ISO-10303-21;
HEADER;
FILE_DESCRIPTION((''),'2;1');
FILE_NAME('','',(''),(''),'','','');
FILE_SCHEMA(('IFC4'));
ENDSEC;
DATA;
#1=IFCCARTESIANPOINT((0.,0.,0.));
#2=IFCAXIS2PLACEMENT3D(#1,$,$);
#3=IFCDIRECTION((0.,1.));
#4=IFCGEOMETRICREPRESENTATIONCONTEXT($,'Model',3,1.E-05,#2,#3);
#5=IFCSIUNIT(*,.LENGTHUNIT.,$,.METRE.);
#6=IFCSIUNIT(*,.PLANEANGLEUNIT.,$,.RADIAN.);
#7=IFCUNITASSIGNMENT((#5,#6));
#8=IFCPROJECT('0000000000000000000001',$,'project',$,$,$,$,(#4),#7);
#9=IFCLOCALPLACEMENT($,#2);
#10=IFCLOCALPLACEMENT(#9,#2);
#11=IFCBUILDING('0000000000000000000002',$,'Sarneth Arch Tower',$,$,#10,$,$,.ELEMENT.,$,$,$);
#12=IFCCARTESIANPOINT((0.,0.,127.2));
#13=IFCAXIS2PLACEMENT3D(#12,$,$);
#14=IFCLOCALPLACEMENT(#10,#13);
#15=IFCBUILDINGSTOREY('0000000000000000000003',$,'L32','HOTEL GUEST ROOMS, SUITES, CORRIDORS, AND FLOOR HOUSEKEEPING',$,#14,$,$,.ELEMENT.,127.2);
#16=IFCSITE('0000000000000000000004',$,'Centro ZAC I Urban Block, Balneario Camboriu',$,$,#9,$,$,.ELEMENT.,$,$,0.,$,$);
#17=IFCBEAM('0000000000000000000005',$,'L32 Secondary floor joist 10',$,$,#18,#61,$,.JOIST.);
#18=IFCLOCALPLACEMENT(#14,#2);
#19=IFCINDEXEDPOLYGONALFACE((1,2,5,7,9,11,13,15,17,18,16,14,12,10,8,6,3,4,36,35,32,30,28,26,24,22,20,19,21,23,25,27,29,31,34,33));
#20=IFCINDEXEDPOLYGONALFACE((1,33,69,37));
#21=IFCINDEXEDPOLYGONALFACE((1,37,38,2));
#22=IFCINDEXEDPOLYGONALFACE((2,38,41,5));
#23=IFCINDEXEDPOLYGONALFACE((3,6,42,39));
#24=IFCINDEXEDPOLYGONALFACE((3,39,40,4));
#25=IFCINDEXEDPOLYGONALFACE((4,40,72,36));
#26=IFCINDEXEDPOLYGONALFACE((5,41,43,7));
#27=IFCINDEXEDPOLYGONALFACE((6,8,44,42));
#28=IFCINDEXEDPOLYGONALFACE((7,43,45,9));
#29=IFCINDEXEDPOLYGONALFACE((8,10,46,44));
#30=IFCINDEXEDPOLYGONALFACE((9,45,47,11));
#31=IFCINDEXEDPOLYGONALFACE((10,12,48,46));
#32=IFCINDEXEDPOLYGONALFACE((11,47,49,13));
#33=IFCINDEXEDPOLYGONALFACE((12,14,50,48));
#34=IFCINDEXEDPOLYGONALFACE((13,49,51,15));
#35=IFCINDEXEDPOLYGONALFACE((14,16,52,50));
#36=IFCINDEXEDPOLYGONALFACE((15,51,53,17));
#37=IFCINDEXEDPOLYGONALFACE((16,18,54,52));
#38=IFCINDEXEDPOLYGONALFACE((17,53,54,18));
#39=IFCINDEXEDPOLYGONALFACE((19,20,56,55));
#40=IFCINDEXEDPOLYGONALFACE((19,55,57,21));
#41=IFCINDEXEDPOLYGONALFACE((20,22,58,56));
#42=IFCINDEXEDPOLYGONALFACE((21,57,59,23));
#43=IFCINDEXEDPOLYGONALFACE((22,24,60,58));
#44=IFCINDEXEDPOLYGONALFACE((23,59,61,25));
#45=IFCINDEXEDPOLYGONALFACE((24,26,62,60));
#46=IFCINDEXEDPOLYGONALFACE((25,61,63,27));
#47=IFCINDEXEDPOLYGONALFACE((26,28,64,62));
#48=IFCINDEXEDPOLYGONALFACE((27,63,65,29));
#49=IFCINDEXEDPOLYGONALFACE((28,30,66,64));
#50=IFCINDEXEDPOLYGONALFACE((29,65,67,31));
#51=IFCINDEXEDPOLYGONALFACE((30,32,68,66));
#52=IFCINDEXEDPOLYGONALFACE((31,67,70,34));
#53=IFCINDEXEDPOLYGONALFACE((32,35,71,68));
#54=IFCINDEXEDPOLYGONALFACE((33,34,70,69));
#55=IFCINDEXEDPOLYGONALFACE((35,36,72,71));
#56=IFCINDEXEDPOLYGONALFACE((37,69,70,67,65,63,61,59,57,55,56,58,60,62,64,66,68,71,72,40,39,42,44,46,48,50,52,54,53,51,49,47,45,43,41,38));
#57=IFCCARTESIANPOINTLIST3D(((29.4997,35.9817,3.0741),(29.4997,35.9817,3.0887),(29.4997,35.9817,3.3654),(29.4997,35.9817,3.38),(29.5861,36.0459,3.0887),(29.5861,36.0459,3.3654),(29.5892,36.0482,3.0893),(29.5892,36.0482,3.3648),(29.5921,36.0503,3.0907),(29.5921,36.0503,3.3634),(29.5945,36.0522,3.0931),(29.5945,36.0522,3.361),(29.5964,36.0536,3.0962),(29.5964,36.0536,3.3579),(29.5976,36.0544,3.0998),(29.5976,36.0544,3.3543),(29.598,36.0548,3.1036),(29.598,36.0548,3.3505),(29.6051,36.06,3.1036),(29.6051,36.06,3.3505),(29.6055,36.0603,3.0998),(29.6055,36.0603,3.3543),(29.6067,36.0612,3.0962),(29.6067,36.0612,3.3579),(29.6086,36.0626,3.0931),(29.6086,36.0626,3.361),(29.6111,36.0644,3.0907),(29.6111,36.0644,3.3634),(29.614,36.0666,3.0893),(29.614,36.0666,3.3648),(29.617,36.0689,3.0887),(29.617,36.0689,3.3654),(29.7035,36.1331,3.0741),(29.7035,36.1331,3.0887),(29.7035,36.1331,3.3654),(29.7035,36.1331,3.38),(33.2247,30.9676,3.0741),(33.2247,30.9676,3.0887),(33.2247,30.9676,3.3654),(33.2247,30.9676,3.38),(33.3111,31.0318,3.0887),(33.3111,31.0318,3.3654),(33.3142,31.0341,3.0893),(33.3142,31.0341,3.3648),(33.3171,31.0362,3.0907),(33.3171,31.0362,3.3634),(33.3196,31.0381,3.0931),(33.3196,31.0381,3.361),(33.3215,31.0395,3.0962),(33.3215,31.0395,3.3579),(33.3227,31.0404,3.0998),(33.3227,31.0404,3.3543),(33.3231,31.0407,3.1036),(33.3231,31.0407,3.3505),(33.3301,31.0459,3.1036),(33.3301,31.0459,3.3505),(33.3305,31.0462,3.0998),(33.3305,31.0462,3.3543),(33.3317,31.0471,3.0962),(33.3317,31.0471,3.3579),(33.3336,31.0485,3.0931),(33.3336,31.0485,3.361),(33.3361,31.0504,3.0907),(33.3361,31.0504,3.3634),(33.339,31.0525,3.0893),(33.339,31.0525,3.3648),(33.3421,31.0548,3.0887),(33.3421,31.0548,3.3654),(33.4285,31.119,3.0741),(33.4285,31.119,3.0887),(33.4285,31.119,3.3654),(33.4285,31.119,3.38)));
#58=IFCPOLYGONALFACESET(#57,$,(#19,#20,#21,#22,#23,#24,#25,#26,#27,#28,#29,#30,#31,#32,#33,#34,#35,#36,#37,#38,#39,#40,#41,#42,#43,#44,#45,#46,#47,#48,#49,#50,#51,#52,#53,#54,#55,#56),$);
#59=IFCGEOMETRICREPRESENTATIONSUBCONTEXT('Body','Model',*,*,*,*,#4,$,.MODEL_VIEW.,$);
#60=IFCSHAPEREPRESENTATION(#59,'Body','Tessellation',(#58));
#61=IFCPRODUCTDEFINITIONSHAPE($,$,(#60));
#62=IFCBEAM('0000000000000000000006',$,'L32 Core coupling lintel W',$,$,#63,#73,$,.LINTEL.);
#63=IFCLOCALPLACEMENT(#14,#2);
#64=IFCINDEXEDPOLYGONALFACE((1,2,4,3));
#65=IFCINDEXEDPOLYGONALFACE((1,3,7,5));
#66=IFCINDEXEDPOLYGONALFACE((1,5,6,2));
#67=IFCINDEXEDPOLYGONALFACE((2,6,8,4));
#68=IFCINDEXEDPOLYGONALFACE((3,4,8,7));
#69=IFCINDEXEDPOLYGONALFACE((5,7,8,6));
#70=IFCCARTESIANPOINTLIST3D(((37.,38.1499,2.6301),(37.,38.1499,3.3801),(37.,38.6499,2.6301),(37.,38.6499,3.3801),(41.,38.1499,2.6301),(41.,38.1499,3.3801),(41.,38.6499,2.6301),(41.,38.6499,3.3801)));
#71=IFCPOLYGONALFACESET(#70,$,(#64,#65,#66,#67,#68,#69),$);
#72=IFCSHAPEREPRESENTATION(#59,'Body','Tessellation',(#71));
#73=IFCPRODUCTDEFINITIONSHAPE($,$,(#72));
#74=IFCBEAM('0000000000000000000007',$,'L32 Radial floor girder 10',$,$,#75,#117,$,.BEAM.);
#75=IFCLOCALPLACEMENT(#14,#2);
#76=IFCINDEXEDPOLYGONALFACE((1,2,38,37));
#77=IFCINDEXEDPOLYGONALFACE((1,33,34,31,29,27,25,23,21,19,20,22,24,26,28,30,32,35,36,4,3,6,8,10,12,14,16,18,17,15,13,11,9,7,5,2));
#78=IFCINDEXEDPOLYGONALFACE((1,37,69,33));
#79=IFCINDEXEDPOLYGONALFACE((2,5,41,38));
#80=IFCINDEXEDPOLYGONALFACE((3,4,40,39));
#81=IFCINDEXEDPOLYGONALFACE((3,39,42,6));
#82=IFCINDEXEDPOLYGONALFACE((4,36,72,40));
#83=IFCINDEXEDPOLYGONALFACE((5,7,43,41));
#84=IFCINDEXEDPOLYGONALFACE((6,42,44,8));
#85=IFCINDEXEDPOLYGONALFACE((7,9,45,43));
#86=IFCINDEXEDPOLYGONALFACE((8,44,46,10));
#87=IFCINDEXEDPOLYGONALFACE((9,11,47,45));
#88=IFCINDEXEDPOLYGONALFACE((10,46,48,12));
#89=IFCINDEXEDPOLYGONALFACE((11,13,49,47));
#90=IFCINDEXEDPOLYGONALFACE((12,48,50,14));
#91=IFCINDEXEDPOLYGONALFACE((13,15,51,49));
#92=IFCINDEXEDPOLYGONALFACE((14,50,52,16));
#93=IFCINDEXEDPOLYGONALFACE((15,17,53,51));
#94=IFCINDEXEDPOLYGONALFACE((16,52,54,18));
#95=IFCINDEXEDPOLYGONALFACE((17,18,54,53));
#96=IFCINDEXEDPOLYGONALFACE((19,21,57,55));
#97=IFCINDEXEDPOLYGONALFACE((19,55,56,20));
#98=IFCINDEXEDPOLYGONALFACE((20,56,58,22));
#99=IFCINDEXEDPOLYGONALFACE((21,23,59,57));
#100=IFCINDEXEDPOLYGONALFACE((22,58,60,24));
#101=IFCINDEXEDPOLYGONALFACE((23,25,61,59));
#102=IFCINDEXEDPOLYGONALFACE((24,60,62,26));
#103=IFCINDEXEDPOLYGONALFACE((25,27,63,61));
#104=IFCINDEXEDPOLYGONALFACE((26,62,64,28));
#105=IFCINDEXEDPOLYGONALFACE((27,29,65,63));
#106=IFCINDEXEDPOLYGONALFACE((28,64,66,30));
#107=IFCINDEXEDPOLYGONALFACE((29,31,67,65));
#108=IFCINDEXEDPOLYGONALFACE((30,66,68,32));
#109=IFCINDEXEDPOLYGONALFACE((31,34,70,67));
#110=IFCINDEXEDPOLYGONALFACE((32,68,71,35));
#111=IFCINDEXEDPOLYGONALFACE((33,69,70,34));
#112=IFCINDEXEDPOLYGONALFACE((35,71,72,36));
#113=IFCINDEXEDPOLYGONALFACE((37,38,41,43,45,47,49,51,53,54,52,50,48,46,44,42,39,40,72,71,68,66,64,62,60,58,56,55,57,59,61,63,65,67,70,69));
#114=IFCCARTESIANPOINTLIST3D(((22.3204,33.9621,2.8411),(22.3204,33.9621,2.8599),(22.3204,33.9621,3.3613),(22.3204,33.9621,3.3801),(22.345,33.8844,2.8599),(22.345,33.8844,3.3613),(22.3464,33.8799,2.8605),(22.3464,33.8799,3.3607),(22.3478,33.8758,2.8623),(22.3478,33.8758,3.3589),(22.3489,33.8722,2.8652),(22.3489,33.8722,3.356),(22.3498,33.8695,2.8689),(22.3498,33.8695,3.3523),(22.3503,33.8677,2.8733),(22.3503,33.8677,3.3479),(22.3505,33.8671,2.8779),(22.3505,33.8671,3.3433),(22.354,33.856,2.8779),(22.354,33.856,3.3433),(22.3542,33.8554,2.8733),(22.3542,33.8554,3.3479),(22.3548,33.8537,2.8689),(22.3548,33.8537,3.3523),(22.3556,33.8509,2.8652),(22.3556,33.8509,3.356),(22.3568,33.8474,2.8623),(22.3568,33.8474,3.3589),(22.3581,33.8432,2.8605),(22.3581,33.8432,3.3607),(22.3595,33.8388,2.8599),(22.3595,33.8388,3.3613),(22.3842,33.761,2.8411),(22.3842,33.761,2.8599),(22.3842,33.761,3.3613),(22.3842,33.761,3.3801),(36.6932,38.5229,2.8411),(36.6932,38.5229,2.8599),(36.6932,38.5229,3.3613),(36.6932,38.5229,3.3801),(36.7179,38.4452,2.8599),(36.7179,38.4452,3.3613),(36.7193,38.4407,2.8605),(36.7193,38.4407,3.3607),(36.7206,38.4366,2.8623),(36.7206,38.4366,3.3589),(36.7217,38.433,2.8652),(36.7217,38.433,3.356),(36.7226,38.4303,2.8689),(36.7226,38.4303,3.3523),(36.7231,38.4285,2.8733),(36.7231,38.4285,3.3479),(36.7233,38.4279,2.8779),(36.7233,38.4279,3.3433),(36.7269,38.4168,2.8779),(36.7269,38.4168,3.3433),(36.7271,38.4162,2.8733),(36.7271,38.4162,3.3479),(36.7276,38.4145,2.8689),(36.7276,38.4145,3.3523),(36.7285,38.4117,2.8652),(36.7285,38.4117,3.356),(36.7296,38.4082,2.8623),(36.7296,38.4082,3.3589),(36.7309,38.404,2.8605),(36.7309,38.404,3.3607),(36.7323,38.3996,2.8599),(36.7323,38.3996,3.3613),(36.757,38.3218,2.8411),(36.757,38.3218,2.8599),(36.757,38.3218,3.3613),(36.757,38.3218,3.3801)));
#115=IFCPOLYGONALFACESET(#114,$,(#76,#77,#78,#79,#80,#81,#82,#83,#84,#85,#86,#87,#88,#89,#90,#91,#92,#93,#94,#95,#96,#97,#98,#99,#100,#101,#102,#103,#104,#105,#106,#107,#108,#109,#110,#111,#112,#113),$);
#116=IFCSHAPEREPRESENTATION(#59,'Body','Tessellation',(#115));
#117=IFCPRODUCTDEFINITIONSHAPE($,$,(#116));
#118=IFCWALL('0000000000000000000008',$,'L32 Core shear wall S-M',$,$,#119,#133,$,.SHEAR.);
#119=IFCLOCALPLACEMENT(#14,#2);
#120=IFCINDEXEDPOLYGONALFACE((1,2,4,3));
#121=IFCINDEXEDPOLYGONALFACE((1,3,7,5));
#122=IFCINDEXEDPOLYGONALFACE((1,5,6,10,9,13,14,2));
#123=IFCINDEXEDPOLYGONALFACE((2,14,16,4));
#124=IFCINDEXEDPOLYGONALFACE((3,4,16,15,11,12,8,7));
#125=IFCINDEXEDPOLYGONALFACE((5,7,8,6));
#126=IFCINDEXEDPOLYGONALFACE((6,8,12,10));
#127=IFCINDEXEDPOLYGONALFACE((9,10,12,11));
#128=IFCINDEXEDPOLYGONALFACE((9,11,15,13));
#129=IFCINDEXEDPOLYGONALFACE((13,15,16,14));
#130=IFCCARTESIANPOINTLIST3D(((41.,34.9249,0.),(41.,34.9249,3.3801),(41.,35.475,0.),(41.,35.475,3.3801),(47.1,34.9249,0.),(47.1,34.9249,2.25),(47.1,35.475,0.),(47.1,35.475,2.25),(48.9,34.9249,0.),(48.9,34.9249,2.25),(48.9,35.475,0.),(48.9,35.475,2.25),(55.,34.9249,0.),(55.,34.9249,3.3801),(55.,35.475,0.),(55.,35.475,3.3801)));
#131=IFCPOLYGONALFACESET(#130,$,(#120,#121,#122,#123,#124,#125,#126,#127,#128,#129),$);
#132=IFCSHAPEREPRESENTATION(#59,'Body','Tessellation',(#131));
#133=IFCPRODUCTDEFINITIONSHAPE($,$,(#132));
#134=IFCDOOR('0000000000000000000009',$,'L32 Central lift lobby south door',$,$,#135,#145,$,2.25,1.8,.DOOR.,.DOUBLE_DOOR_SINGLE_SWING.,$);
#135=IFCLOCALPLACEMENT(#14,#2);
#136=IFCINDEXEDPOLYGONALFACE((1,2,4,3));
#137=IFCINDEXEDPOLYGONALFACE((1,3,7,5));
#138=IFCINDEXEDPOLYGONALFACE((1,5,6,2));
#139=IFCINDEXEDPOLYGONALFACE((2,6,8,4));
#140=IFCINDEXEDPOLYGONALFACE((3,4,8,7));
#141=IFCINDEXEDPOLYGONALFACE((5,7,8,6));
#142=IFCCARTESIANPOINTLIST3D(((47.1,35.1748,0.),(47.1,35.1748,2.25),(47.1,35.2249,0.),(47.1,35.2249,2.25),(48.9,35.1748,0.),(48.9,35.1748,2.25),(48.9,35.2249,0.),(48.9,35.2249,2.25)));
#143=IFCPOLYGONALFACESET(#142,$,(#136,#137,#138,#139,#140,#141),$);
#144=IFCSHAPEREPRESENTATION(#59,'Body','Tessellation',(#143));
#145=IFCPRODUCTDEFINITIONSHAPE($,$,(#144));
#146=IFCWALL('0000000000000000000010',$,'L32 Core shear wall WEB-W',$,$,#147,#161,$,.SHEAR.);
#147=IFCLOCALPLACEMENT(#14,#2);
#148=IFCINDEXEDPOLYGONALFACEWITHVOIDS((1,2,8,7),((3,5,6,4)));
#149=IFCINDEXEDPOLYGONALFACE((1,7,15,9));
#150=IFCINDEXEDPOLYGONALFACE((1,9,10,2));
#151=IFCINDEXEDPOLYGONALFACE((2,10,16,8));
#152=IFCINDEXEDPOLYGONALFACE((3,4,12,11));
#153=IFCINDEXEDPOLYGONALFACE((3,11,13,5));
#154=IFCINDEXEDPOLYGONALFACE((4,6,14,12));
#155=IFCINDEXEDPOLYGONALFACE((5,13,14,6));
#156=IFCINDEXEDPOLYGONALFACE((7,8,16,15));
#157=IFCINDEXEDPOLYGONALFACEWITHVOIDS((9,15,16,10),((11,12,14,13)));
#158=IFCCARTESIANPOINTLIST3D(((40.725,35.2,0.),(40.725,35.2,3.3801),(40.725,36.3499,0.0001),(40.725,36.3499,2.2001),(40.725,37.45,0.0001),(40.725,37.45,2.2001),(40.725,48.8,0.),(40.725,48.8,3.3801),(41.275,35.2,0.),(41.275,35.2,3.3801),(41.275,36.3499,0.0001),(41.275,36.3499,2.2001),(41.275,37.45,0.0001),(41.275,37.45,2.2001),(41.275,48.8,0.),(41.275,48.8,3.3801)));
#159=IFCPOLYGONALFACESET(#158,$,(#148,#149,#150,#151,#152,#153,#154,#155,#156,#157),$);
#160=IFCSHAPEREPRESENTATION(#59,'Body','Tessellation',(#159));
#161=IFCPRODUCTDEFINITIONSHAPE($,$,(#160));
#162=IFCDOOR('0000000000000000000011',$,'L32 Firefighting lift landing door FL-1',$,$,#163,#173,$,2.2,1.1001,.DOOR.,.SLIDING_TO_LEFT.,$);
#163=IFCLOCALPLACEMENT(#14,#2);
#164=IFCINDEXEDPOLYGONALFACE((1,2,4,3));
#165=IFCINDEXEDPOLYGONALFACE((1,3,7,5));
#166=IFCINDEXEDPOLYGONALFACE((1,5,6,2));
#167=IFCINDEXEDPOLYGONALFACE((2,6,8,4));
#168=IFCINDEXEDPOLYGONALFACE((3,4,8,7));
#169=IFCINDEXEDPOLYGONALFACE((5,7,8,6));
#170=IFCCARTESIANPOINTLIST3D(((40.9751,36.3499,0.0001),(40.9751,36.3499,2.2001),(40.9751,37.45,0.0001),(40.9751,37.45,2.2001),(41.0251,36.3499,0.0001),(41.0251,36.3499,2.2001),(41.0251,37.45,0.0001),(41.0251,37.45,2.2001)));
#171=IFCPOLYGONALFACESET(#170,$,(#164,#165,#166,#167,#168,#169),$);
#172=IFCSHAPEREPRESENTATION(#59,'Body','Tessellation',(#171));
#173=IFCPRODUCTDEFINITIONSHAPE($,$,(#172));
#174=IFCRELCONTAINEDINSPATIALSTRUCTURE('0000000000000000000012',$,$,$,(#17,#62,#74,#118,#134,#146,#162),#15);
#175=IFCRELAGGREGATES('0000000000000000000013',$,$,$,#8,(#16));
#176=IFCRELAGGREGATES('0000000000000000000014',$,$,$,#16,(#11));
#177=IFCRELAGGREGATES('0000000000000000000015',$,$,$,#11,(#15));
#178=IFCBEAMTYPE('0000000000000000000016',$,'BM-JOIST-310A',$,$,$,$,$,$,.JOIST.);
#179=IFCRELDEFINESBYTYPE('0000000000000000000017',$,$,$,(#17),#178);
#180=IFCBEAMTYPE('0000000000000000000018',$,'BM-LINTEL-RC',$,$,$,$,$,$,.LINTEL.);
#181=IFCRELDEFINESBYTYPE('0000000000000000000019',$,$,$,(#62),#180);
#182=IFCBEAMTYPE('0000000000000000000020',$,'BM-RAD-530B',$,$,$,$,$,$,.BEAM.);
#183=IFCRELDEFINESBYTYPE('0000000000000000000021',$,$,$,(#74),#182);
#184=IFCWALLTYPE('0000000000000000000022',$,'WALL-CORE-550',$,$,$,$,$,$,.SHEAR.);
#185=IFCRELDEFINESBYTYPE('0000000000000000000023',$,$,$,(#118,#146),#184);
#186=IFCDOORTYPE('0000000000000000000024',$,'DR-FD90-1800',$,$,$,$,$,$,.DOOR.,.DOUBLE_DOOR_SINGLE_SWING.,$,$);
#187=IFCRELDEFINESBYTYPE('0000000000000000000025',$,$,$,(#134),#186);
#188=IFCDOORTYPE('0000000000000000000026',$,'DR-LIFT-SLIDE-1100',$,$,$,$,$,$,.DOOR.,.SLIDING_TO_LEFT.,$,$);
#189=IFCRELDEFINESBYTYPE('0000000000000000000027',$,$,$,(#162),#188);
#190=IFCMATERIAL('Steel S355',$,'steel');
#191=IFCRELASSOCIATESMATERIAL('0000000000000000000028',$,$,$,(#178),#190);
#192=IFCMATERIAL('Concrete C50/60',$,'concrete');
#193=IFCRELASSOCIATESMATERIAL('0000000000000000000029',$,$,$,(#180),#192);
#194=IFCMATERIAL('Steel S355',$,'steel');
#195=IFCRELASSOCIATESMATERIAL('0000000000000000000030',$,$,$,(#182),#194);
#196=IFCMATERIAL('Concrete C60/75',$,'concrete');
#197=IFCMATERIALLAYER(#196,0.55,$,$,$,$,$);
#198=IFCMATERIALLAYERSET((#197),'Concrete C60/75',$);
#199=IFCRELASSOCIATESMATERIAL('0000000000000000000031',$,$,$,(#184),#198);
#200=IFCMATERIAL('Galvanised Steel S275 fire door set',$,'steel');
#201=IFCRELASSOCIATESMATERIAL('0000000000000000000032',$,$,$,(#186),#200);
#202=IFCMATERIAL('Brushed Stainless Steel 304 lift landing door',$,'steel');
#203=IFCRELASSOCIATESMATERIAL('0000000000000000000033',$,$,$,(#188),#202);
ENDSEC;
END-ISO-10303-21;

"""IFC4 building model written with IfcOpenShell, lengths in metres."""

from ifc_helpers import new_model, si_unit, direction, frame, frame_2d, origin, origin_2d, place, context, subcontext, project, spatial, rectangle, i_section, extrude, material, layer, layer_set, material_profile, profile_set, type_object, element, fill, save


model = new_model("IFC4")

# Units and contexts
model_context = context("Model", 3, precision=1e-05, world=origin(), true_north=direction((0.0, 1.0)))
body_context = subcontext(model_context, "Body", "Model", "MODEL_VIEW")
ifc_project = project(units=[si_unit("LENGTHUNIT", "METRE"), si_unit("PLANEANGLEUNIT", "RADIAN")], contexts=[model_context])

# Site, building, storey
site_placement = place(None, origin())
site = spatial("IfcSite", under=ifc_project, at=site_placement, Name="Centro ZAC I Urban Block, Balneario Camboriu", CompositionType="ELEMENT", RefElevation=0.0)
building_placement = place(site_placement, origin())
building = spatial("IfcBuilding", under=site, at=building_placement, Name="Sarneth Arch Tower", CompositionType="ELEMENT")
storey_placement = place(building_placement, frame((0.0, 0.0, 127.2)))
storey = spatial("IfcBuildingStorey", under=building, at=storey_placement, Name="L32", Description="HOTEL GUEST ROOMS, SUITES, CORRIDORS, AND FLOOR HOUSEKEEPING", CompositionType="ELEMENT", Elevation=127.2)

# Beams
ifc_material_1 = material(Name="Steel S355", Category="steel")
ifc_material_profile_1 = material_profile(ifc_material_1, i_section(OverallWidth=0.2539, OverallDepth=0.3059, WebThickness=0.0088, FlangeThickness=0.0146, FilletRadius=0.0149, at=origin_2d()), Name="W310x79")
ifc_profile_set_1 = profile_set([ifc_material_profile_1], Name="Steel S355")
beam_type_1 = type_object("IfcBeamType", Name="BM-JOIST-310A", PredefinedType="JOIST", material=ifc_profile_set_1)
beam_1_placement = place(storey_placement, frame((29.6016, 36.0574, 3.2271), z_axis=(0.596354, -0.802721, 0.0), x_axis=(0.802721, 0.596354, 0.0)))
element("IfcBeam", 1, at=beam_1_placement, inside=storey, type_object=beam_type_1, Name="L32 Secondary floor joist 10", PredefinedType="JOIST", context=body_context, shape_type="SweptSolid", body=[
    extrude(i_section(OverallWidth=0.2539, OverallDepth=0.3059, WebThickness=0.0088, FlangeThickness=0.0146, FilletRadius=0.0149, at=origin_2d()), origin(), (0.0, 0.0, 1.0), 6.2463),
])
ifc_material_2 = material(Name="Concrete C50/60", Category="concrete")
ifc_material_profile_2 = material_profile(ifc_material_2, rectangle(XDim=0.5, YDim=0.75, at=origin_2d()), Name="RC-500x750")
ifc_profile_set_2 = profile_set([ifc_material_profile_2], Name="Concrete C50/60")
beam_type_2 = type_object("IfcBeamType", Name="BM-LINTEL-RC", PredefinedType="LINTEL", material=ifc_profile_set_2)
beam_2_placement = place(storey_placement, frame((37.0, 38.3999, 3.0051), z_axis=(1.0, 0.0, 0.0), x_axis=(0.0, 1.0, 0.0)))
element("IfcBeam", 2, at=beam_2_placement, inside=storey, type_object=beam_type_2, Name="L32 Core coupling lintel W", PredefinedType="LINTEL", context=body_context, shape_type="SweptSolid", body=[
    extrude(rectangle(XDim=0.5, YDim=0.75, at=origin_2d()), origin(), (0.0, 0.0, 1.0), 4.0),
])
ifc_material_3 = material(Name="Steel S355", Category="steel")
ifc_material_profile_3 = material_profile(ifc_material_3, i_section(OverallWidth=0.2109, OverallDepth=0.5391, WebThickness=0.0117, FlangeThickness=0.0188, FilletRadius=0.0181, at=origin_2d()), Name="W530x109")
ifc_profile_set_3 = profile_set([ifc_material_profile_3], Name="Steel S355")
beam_type_3 = type_object("IfcBeamType", Name="BM-RAD-530B", PredefinedType="BEAM", material=ifc_profile_set_3)
beam_3_placement = place(storey_placement, frame((36.7251, 38.4224, 3.1106), z_axis=(-0.953163, -0.302458, 0.0), x_axis=(0.302458, -0.953163, 0.0)))
element("IfcBeam", 3, at=beam_3_placement, inside=storey, type_object=beam_type_3, Name="L32 Radial floor girder 10", PredefinedType="BEAM", context=body_context, shape_type="SweptSolid", body=[
    extrude(i_section(OverallWidth=0.2109, OverallDepth=0.5391, WebThickness=0.0117, FlangeThickness=0.0188, FilletRadius=0.0181, at=origin_2d()), origin(), (0.0, 0.0, 1.0), 15.0791),
])

# Walls, openings, doors
ifc_material_4 = material(Name="Concrete C60/75", Category="concrete")
ifc_layer_1 = layer(ifc_material_4, 0.55)
ifc_layer_set_1 = layer_set([ifc_layer_1], Name="Concrete C60/75")
wall_type_1 = type_object("IfcWallType", Name="WALL-CORE-550", PredefinedType="SHEAR", material=ifc_layer_set_1)
wall_1_placement = place(storey_placement, frame((41.0, 35.2, 0.0), z_axis=(0.0, 0.0, 1.0), x_axis=(1.0, 0.0, 0.0)))
wall_1 = element("IfcWall", 4, at=wall_1_placement, inside=storey, type_object=wall_type_1, Name="L32 Core shear wall S-M", PredefinedType="SHEAR", context=body_context, shape_type="SweptSolid", body=[
    extrude(rectangle(XDim=14.0, YDim=0.55, at=frame_2d((7.0, 0.0))), origin(), (0.0, 0.0, 1.0), 3.3801),
])
opening_1_placement = place(wall_1_placement, frame((6.1001, 0.0, 0.0)))
opening_1 = element("IfcOpeningElement", 5, at=opening_1_placement, cuts=wall_1, PredefinedType="OPENING", context=body_context, shape_type="SweptSolid", body=[
    extrude(rectangle(XDim=1.8, YDim=2.25, at=frame_2d((0.8999, 1.125))), frame((0.0, 0.2849, 0.0), z_axis=(0.0, -1.0, 0.0), x_axis=(1.0, 0.0, 0.0)), (0.0, 0.0, 1.0), 0.5701),
])
ifc_material_5 = material(Name="Galvanised Steel S275 fire door set", Category="steel")
door_type_1 = type_object("IfcDoorType", Name="DR-FD90-1800", OperationType="DOUBLE_DOOR_SINGLE_SWING", PredefinedType="DOOR", material=ifc_material_5)
door_1_placement = place(opening_1_placement, origin())
door_1 = element("IfcDoor", 6, at=door_1_placement, inside=storey, type_object=door_type_1, Name="L32 Central lift lobby south door", OperationType="DOUBLE_DOOR_SINGLE_SWING", OverallHeight=2.25, OverallWidth=1.8, PredefinedType="DOOR", context=body_context, shape_type="SweptSolid", body=[
    extrude(rectangle(XDim=1.8, YDim=2.25, at=frame_2d((0.8999, 1.125))), frame((0.0, 0.0249, 0.0), z_axis=(0.0, -1.0, 0.0), x_axis=(1.0, 0.0, 0.0)), (0.0, 0.0, 1.0), 0.05),
])
fill(opening_1, door_1)
wall_2_placement = place(storey_placement, frame((41.0, 35.2, 0.0), z_axis=(0.0, 0.0, 1.0), x_axis=(0.0, 1.0, 0.0)))
wall_2 = element("IfcWall", 7, at=wall_2_placement, inside=storey, type_object=wall_type_1, Name="L32 Core shear wall WEB-W", PredefinedType="SHEAR", context=body_context, shape_type="SweptSolid", body=[
    extrude(rectangle(XDim=13.6001, YDim=0.55, at=frame_2d((6.8, 0.0))), origin(), (0.0, 0.0, 1.0), 3.3801),
])
opening_2_placement = place(wall_2_placement, frame((1.1499, 0.0, 0.0)))
opening_2 = element("IfcOpeningElement", 8, at=opening_2_placement, cuts=wall_2, PredefinedType="OPENING", context=body_context, shape_type="SweptSolid", body=[
    extrude(rectangle(XDim=1.1001, YDim=2.2, at=frame_2d((0.55, 1.1001))), frame((0.0, 0.2849, 0.0), z_axis=(0.0, -1.0, 0.0), x_axis=(1.0, 0.0, 0.0)), (0.0, 0.0, 1.0), 0.5701),
])
ifc_material_6 = material(Name="Brushed Stainless Steel 304 lift landing door", Category="steel")
door_type_2 = type_object("IfcDoorType", Name="DR-LIFT-SLIDE-1100", OperationType="SLIDING_TO_LEFT", PredefinedType="DOOR", material=ifc_material_6)
door_2_placement = place(opening_2_placement, origin())
door_2 = element("IfcDoor", 9, at=door_2_placement, inside=storey, type_object=door_type_2, Name="L32 Firefighting lift landing door FL-1", OperationType="SLIDING_TO_LEFT", OverallHeight=2.2, OverallWidth=1.1001, PredefinedType="DOOR", context=body_context, shape_type="SweptSolid", body=[
    extrude(rectangle(XDim=1.1001, YDim=2.2, at=frame_2d((0.55, 1.1001))), frame((0.0, 0.0249, 0.0), z_axis=(0.0, -1.0, 0.0), x_axis=(1.0, 0.0, 0.0)), (0.0, 0.0, 1.0), 0.05),
])
fill(opening_2, door_2)

save(model, "model.ifc")
